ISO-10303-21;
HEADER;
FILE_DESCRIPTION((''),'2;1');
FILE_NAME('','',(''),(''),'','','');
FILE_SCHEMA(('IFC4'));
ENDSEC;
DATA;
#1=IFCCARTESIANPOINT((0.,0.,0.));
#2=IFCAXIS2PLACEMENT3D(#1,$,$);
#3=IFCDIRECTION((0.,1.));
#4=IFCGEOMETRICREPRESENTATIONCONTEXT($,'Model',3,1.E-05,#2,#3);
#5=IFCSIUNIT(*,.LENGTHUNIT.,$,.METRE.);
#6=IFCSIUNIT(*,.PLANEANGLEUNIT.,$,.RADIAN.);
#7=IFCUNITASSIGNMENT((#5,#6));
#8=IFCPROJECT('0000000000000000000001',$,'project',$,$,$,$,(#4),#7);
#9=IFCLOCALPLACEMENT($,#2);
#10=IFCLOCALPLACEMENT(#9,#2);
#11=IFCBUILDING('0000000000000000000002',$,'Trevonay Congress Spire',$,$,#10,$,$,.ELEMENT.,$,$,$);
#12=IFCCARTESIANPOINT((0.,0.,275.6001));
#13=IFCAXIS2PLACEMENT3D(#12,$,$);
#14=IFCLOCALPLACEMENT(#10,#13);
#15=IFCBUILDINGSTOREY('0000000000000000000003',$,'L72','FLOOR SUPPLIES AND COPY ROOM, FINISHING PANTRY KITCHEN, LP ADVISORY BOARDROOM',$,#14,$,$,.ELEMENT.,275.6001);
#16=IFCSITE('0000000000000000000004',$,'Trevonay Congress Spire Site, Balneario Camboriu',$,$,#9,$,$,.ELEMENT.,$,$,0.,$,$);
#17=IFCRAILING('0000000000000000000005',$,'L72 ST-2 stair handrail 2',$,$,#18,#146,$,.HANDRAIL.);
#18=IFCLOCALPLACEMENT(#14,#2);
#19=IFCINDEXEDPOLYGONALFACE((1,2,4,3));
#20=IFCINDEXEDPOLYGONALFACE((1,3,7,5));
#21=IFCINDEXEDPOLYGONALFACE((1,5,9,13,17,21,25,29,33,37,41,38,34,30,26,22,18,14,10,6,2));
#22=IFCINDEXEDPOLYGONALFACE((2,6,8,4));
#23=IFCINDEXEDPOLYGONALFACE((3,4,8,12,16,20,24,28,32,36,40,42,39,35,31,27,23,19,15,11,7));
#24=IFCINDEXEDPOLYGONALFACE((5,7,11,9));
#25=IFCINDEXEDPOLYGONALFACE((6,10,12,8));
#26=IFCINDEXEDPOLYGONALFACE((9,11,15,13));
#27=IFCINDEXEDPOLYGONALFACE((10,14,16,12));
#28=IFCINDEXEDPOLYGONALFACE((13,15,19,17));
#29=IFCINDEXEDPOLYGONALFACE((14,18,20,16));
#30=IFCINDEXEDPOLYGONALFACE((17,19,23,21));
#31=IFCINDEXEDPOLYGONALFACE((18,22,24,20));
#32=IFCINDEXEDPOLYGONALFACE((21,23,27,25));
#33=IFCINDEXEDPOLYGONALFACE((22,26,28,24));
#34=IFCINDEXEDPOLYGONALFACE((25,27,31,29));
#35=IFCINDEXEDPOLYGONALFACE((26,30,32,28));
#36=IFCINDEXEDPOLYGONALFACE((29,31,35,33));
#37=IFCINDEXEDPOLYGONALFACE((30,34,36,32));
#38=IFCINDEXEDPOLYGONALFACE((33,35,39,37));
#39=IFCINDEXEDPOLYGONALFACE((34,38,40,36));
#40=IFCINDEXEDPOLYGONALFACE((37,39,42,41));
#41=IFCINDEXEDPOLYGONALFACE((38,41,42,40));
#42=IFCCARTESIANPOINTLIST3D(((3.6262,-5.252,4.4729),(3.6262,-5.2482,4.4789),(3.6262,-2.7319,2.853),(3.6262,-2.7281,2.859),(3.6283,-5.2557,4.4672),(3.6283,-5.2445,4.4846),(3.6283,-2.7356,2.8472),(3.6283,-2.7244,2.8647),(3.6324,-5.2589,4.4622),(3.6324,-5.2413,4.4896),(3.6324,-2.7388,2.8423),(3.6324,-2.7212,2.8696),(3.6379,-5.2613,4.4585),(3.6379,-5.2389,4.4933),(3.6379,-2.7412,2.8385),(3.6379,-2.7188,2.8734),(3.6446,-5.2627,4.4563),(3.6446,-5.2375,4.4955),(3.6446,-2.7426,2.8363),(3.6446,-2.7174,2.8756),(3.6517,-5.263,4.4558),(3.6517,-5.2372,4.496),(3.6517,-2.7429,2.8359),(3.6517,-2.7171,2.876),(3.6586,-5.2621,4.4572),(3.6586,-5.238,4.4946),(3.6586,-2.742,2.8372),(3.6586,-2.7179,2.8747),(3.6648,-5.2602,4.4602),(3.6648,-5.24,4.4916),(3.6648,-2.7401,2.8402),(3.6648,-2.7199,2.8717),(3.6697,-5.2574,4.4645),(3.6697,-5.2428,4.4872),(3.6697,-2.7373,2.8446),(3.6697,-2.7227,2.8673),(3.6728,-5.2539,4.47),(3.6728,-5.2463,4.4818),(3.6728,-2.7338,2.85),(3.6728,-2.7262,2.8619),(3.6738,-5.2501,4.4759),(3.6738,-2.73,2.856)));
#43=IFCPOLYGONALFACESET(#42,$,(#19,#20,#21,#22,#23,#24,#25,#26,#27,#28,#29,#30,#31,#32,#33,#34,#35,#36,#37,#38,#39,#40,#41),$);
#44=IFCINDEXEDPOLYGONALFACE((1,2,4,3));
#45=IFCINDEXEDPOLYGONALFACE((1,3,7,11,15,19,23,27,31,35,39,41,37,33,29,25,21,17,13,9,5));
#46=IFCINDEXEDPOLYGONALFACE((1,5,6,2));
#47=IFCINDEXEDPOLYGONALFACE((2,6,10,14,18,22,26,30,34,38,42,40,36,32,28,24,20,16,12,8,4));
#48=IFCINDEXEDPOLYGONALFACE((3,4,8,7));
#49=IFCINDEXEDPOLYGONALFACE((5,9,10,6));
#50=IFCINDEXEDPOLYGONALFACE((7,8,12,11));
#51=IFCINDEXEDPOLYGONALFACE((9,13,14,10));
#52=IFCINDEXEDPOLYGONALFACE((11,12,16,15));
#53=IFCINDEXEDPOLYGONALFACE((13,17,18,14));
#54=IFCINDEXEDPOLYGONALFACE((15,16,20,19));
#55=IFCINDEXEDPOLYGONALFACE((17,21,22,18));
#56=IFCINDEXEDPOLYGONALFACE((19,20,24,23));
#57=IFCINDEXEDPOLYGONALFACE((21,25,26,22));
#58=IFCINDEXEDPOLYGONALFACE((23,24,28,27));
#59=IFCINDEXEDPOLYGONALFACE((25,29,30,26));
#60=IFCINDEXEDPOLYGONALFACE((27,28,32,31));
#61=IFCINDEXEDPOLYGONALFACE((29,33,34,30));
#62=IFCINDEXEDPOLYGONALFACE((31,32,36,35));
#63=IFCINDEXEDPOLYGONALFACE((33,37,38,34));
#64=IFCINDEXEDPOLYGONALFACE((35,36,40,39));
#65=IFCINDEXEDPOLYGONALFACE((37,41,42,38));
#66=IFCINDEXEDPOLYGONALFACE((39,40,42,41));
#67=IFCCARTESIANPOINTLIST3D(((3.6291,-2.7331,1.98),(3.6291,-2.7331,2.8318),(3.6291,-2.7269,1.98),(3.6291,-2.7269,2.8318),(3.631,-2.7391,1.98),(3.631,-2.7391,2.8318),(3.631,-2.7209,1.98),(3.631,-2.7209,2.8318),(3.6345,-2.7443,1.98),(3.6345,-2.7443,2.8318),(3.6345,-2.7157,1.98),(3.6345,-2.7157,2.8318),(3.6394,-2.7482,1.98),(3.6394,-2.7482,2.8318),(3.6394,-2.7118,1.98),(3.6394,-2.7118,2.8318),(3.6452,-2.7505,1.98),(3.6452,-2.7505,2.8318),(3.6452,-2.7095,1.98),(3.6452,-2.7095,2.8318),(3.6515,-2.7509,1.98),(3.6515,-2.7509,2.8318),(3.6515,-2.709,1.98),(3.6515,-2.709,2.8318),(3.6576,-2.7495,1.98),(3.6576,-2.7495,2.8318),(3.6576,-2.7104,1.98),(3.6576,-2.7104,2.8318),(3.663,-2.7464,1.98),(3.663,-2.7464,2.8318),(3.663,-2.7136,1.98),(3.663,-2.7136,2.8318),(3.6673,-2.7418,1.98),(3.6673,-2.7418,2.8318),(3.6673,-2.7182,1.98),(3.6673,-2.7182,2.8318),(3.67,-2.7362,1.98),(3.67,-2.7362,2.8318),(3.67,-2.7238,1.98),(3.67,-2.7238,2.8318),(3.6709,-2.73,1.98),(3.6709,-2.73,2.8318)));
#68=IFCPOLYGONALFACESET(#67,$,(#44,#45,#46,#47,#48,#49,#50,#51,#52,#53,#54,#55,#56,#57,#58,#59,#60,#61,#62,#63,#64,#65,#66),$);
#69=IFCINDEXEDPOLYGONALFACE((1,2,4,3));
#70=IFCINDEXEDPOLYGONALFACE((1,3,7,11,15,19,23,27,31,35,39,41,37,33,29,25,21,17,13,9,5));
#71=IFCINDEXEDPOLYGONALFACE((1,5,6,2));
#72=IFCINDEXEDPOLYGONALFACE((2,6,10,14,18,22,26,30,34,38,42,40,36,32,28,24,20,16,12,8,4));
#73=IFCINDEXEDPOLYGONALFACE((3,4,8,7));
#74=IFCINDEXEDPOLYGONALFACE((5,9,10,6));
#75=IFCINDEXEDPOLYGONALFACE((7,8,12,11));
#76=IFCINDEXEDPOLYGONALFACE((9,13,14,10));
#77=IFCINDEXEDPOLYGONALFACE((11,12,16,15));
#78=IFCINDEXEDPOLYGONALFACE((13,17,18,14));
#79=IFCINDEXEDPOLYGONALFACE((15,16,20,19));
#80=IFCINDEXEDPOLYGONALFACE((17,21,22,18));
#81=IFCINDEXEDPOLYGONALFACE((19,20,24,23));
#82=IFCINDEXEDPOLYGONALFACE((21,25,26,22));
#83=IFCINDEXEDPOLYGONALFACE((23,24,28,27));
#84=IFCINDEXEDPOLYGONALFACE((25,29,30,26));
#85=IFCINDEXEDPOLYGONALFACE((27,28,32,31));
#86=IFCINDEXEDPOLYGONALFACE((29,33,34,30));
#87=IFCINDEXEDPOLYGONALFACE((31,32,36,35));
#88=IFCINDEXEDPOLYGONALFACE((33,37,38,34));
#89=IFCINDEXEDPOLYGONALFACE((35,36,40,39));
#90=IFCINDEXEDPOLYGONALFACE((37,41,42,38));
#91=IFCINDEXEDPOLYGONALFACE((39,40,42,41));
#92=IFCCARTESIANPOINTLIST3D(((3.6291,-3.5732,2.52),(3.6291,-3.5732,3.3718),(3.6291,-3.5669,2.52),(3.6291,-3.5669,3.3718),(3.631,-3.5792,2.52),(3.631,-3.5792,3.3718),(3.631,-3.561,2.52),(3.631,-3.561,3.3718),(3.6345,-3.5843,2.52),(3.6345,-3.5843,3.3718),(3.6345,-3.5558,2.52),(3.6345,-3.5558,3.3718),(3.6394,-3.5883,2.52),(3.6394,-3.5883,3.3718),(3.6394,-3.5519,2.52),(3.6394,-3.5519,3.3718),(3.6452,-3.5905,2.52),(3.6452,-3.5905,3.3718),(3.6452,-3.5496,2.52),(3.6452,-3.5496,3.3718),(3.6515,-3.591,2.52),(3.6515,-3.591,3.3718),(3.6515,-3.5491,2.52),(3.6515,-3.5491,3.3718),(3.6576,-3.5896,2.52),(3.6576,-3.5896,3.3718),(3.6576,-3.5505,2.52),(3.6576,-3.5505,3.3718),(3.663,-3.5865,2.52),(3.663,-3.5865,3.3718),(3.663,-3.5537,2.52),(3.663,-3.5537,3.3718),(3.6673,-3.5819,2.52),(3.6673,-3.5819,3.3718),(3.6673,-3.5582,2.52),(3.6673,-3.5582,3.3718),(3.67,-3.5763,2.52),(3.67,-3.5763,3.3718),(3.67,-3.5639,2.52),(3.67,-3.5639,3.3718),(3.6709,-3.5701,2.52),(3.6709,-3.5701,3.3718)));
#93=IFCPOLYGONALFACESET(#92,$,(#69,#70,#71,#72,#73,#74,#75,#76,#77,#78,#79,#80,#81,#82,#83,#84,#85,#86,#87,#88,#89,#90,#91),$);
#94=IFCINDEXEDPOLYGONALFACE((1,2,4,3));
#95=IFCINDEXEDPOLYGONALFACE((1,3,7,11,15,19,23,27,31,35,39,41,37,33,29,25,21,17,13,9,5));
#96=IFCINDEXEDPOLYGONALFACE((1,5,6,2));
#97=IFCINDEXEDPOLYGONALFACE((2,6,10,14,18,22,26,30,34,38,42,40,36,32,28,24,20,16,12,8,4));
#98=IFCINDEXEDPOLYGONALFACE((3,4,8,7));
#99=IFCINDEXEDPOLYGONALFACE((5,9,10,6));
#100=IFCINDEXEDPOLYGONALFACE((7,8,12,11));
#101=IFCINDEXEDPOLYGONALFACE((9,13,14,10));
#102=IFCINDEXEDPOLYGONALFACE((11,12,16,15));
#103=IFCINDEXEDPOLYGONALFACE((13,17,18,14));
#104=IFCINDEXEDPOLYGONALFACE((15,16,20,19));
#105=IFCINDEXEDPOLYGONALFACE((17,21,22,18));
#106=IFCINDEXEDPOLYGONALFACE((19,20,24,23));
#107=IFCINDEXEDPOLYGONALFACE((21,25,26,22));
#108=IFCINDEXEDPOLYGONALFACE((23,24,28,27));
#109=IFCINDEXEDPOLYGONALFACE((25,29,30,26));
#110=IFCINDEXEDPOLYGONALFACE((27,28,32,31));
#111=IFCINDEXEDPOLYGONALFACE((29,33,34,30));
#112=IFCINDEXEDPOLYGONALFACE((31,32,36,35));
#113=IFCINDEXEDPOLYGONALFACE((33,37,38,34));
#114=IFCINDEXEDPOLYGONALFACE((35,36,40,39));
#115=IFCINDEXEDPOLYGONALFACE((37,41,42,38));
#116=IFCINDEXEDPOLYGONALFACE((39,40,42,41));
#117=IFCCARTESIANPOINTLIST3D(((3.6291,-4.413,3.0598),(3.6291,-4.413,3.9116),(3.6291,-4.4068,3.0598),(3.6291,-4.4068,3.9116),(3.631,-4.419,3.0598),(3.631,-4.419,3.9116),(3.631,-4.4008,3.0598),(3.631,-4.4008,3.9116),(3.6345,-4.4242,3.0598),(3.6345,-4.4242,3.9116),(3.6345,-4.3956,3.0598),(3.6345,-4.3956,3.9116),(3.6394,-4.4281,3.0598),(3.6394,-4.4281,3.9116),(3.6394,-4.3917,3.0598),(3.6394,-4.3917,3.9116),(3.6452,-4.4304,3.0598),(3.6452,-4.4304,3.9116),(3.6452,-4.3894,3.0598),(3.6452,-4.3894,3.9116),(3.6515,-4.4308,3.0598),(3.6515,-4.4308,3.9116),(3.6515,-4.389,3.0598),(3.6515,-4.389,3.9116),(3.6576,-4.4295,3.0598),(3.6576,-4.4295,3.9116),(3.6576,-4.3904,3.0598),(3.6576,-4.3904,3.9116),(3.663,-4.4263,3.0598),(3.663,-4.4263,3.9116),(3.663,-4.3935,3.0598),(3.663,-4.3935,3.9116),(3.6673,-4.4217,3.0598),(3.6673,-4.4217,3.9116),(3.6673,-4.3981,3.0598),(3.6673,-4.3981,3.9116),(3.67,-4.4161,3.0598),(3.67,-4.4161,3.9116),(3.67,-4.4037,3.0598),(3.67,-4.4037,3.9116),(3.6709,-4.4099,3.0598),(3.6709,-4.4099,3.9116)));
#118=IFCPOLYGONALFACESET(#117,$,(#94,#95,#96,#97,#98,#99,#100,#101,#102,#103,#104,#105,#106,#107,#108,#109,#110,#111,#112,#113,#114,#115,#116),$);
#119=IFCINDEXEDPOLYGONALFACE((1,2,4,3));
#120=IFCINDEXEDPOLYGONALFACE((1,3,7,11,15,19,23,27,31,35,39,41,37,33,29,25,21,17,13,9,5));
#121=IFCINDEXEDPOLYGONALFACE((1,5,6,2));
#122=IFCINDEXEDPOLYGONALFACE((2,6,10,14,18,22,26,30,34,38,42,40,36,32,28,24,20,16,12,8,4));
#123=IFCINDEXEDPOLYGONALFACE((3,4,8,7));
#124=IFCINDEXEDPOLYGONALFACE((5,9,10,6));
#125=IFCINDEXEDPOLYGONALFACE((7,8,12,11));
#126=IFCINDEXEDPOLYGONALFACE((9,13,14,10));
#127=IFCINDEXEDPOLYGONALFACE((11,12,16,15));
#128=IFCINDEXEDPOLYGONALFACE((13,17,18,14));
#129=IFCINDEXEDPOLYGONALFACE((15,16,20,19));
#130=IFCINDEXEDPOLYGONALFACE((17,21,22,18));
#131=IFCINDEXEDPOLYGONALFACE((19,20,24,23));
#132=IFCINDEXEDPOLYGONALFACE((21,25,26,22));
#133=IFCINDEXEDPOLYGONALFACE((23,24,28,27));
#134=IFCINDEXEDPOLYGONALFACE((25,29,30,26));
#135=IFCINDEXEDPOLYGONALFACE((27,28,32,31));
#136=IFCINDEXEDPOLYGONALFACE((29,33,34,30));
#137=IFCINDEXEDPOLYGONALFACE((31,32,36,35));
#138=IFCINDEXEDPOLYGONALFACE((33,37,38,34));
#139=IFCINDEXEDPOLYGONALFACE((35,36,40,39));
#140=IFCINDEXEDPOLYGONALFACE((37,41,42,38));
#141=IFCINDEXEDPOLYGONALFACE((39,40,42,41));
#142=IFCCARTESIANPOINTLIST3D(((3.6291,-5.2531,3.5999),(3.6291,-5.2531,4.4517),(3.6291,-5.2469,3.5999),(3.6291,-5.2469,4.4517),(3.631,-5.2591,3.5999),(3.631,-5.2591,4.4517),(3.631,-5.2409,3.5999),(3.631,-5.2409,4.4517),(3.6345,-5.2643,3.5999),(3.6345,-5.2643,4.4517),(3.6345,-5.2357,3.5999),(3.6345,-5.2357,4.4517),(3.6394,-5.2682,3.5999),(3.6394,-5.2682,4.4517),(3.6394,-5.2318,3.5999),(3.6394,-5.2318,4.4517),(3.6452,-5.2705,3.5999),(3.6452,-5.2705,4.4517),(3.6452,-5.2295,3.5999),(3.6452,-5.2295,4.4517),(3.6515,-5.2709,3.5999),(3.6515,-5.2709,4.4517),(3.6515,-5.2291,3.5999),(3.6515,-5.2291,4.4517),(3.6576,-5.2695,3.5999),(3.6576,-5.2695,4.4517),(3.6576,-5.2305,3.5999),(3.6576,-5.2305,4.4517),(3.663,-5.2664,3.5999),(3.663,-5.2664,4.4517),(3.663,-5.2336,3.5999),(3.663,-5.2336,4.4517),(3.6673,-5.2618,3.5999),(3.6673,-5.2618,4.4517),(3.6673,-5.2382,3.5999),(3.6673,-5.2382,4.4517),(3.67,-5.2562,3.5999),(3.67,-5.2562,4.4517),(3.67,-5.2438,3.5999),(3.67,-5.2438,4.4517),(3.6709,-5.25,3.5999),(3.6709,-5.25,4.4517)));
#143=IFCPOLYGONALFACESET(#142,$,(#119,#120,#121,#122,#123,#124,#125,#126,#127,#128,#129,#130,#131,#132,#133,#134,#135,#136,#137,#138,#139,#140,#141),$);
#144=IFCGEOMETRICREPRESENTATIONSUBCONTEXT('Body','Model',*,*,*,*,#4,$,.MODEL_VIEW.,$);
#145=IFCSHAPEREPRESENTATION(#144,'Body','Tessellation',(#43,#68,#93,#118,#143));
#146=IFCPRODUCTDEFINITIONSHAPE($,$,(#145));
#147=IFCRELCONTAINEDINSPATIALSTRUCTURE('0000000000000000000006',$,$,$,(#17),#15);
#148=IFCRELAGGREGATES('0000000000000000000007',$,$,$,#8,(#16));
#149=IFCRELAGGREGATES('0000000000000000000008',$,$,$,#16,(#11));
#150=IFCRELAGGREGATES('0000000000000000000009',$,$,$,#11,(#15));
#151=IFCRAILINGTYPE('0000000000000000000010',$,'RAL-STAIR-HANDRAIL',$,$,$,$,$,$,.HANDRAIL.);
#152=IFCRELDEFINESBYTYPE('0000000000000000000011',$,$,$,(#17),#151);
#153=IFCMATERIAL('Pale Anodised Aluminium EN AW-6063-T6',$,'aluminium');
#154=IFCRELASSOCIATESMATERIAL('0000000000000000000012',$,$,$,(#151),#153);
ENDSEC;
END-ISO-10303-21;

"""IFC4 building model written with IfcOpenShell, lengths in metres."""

from ifc_helpers import new_model, si_unit, direction, frame, origin, origin_2d, place, context, subcontext, project, spatial, circle, extrude, material, type_object, element, save


model = new_model("IFC4")

# Units and contexts
model_context = context("Model", 3, precision=1e-05, world=origin(), true_north=direction((0.0, 1.0)))
body_context = subcontext(model_context, "Body", "Model", "MODEL_VIEW")
ifc_project = project(units=[si_unit("LENGTHUNIT", "METRE"), si_unit("PLANEANGLEUNIT", "RADIAN")], contexts=[model_context])

# Site, building, storey
site_placement = place(None, origin())
site = spatial("IfcSite", under=ifc_project, at=site_placement, Name="Trevonay Congress Spire Site, Balneario Camboriu", CompositionType="ELEMENT", RefElevation=0.0)
building_placement = place(site_placement, origin())
building = spatial("IfcBuilding", under=site, at=building_placement, Name="Trevonay Congress Spire", CompositionType="ELEMENT")
storey_placement = place(building_placement, frame((0.0, 0.0, 275.6001)))
storey = spatial("IfcBuildingStorey", under=building, at=storey_placement, Name="L72", Description="FLOOR SUPPLIES AND COPY ROOM, FINISHING PANTRY KITCHEN, LP ADVISORY BOARDROOM", CompositionType="ELEMENT", Elevation=275.6001)

# Railing
ifc_material_1 = material(Name="Pale Anodised Aluminium EN AW-6063-T6", Category="aluminium")
railing_type_1 = type_object("IfcRailingType", Name="RAL-STAIR-HANDRAIL", PredefinedType="HANDRAIL", material=ifc_material_1)
railing_1_placement = place(storey_placement, frame((3.6499, -2.73, 1.98)))
element("IfcRailing", 1, at=railing_1_placement, inside=storey, type_object=railing_type_1, Name="L72 ST-2 stair handrail 2", PredefinedType="HANDRAIL", context=body_context, shape_type="SweptSolid", body=[
    extrude(circle(Radius=0.0239, at=origin_2d()), frame((0.0, 0.0, 0.876), z_axis=(0.0, -0.8412, 0.540725), x_axis=(1.0, 0.0, 0.0)), (0.0, 0.0, 1.0), 2.9958),
    extrude(circle(Radius=0.021, at=origin_2d()), origin(), (0.0, 0.0, 1.0), 0.8518),
    extrude(circle(Radius=0.021, at=origin_2d()), frame((0.0, -0.8401, 0.54)), (0.0, 0.0, 1.0), 0.8518),
    extrude(circle(Radius=0.021, at=origin_2d()), frame((0.0, -1.6799, 1.0798)), (0.0, 0.0, 1.0), 0.8518),
    extrude(circle(Radius=0.021, at=origin_2d()), frame((0.0, -2.52, 1.6199)), (0.0, 0.0, 1.0), 0.8518),
])

save(model, "model.ifc")
